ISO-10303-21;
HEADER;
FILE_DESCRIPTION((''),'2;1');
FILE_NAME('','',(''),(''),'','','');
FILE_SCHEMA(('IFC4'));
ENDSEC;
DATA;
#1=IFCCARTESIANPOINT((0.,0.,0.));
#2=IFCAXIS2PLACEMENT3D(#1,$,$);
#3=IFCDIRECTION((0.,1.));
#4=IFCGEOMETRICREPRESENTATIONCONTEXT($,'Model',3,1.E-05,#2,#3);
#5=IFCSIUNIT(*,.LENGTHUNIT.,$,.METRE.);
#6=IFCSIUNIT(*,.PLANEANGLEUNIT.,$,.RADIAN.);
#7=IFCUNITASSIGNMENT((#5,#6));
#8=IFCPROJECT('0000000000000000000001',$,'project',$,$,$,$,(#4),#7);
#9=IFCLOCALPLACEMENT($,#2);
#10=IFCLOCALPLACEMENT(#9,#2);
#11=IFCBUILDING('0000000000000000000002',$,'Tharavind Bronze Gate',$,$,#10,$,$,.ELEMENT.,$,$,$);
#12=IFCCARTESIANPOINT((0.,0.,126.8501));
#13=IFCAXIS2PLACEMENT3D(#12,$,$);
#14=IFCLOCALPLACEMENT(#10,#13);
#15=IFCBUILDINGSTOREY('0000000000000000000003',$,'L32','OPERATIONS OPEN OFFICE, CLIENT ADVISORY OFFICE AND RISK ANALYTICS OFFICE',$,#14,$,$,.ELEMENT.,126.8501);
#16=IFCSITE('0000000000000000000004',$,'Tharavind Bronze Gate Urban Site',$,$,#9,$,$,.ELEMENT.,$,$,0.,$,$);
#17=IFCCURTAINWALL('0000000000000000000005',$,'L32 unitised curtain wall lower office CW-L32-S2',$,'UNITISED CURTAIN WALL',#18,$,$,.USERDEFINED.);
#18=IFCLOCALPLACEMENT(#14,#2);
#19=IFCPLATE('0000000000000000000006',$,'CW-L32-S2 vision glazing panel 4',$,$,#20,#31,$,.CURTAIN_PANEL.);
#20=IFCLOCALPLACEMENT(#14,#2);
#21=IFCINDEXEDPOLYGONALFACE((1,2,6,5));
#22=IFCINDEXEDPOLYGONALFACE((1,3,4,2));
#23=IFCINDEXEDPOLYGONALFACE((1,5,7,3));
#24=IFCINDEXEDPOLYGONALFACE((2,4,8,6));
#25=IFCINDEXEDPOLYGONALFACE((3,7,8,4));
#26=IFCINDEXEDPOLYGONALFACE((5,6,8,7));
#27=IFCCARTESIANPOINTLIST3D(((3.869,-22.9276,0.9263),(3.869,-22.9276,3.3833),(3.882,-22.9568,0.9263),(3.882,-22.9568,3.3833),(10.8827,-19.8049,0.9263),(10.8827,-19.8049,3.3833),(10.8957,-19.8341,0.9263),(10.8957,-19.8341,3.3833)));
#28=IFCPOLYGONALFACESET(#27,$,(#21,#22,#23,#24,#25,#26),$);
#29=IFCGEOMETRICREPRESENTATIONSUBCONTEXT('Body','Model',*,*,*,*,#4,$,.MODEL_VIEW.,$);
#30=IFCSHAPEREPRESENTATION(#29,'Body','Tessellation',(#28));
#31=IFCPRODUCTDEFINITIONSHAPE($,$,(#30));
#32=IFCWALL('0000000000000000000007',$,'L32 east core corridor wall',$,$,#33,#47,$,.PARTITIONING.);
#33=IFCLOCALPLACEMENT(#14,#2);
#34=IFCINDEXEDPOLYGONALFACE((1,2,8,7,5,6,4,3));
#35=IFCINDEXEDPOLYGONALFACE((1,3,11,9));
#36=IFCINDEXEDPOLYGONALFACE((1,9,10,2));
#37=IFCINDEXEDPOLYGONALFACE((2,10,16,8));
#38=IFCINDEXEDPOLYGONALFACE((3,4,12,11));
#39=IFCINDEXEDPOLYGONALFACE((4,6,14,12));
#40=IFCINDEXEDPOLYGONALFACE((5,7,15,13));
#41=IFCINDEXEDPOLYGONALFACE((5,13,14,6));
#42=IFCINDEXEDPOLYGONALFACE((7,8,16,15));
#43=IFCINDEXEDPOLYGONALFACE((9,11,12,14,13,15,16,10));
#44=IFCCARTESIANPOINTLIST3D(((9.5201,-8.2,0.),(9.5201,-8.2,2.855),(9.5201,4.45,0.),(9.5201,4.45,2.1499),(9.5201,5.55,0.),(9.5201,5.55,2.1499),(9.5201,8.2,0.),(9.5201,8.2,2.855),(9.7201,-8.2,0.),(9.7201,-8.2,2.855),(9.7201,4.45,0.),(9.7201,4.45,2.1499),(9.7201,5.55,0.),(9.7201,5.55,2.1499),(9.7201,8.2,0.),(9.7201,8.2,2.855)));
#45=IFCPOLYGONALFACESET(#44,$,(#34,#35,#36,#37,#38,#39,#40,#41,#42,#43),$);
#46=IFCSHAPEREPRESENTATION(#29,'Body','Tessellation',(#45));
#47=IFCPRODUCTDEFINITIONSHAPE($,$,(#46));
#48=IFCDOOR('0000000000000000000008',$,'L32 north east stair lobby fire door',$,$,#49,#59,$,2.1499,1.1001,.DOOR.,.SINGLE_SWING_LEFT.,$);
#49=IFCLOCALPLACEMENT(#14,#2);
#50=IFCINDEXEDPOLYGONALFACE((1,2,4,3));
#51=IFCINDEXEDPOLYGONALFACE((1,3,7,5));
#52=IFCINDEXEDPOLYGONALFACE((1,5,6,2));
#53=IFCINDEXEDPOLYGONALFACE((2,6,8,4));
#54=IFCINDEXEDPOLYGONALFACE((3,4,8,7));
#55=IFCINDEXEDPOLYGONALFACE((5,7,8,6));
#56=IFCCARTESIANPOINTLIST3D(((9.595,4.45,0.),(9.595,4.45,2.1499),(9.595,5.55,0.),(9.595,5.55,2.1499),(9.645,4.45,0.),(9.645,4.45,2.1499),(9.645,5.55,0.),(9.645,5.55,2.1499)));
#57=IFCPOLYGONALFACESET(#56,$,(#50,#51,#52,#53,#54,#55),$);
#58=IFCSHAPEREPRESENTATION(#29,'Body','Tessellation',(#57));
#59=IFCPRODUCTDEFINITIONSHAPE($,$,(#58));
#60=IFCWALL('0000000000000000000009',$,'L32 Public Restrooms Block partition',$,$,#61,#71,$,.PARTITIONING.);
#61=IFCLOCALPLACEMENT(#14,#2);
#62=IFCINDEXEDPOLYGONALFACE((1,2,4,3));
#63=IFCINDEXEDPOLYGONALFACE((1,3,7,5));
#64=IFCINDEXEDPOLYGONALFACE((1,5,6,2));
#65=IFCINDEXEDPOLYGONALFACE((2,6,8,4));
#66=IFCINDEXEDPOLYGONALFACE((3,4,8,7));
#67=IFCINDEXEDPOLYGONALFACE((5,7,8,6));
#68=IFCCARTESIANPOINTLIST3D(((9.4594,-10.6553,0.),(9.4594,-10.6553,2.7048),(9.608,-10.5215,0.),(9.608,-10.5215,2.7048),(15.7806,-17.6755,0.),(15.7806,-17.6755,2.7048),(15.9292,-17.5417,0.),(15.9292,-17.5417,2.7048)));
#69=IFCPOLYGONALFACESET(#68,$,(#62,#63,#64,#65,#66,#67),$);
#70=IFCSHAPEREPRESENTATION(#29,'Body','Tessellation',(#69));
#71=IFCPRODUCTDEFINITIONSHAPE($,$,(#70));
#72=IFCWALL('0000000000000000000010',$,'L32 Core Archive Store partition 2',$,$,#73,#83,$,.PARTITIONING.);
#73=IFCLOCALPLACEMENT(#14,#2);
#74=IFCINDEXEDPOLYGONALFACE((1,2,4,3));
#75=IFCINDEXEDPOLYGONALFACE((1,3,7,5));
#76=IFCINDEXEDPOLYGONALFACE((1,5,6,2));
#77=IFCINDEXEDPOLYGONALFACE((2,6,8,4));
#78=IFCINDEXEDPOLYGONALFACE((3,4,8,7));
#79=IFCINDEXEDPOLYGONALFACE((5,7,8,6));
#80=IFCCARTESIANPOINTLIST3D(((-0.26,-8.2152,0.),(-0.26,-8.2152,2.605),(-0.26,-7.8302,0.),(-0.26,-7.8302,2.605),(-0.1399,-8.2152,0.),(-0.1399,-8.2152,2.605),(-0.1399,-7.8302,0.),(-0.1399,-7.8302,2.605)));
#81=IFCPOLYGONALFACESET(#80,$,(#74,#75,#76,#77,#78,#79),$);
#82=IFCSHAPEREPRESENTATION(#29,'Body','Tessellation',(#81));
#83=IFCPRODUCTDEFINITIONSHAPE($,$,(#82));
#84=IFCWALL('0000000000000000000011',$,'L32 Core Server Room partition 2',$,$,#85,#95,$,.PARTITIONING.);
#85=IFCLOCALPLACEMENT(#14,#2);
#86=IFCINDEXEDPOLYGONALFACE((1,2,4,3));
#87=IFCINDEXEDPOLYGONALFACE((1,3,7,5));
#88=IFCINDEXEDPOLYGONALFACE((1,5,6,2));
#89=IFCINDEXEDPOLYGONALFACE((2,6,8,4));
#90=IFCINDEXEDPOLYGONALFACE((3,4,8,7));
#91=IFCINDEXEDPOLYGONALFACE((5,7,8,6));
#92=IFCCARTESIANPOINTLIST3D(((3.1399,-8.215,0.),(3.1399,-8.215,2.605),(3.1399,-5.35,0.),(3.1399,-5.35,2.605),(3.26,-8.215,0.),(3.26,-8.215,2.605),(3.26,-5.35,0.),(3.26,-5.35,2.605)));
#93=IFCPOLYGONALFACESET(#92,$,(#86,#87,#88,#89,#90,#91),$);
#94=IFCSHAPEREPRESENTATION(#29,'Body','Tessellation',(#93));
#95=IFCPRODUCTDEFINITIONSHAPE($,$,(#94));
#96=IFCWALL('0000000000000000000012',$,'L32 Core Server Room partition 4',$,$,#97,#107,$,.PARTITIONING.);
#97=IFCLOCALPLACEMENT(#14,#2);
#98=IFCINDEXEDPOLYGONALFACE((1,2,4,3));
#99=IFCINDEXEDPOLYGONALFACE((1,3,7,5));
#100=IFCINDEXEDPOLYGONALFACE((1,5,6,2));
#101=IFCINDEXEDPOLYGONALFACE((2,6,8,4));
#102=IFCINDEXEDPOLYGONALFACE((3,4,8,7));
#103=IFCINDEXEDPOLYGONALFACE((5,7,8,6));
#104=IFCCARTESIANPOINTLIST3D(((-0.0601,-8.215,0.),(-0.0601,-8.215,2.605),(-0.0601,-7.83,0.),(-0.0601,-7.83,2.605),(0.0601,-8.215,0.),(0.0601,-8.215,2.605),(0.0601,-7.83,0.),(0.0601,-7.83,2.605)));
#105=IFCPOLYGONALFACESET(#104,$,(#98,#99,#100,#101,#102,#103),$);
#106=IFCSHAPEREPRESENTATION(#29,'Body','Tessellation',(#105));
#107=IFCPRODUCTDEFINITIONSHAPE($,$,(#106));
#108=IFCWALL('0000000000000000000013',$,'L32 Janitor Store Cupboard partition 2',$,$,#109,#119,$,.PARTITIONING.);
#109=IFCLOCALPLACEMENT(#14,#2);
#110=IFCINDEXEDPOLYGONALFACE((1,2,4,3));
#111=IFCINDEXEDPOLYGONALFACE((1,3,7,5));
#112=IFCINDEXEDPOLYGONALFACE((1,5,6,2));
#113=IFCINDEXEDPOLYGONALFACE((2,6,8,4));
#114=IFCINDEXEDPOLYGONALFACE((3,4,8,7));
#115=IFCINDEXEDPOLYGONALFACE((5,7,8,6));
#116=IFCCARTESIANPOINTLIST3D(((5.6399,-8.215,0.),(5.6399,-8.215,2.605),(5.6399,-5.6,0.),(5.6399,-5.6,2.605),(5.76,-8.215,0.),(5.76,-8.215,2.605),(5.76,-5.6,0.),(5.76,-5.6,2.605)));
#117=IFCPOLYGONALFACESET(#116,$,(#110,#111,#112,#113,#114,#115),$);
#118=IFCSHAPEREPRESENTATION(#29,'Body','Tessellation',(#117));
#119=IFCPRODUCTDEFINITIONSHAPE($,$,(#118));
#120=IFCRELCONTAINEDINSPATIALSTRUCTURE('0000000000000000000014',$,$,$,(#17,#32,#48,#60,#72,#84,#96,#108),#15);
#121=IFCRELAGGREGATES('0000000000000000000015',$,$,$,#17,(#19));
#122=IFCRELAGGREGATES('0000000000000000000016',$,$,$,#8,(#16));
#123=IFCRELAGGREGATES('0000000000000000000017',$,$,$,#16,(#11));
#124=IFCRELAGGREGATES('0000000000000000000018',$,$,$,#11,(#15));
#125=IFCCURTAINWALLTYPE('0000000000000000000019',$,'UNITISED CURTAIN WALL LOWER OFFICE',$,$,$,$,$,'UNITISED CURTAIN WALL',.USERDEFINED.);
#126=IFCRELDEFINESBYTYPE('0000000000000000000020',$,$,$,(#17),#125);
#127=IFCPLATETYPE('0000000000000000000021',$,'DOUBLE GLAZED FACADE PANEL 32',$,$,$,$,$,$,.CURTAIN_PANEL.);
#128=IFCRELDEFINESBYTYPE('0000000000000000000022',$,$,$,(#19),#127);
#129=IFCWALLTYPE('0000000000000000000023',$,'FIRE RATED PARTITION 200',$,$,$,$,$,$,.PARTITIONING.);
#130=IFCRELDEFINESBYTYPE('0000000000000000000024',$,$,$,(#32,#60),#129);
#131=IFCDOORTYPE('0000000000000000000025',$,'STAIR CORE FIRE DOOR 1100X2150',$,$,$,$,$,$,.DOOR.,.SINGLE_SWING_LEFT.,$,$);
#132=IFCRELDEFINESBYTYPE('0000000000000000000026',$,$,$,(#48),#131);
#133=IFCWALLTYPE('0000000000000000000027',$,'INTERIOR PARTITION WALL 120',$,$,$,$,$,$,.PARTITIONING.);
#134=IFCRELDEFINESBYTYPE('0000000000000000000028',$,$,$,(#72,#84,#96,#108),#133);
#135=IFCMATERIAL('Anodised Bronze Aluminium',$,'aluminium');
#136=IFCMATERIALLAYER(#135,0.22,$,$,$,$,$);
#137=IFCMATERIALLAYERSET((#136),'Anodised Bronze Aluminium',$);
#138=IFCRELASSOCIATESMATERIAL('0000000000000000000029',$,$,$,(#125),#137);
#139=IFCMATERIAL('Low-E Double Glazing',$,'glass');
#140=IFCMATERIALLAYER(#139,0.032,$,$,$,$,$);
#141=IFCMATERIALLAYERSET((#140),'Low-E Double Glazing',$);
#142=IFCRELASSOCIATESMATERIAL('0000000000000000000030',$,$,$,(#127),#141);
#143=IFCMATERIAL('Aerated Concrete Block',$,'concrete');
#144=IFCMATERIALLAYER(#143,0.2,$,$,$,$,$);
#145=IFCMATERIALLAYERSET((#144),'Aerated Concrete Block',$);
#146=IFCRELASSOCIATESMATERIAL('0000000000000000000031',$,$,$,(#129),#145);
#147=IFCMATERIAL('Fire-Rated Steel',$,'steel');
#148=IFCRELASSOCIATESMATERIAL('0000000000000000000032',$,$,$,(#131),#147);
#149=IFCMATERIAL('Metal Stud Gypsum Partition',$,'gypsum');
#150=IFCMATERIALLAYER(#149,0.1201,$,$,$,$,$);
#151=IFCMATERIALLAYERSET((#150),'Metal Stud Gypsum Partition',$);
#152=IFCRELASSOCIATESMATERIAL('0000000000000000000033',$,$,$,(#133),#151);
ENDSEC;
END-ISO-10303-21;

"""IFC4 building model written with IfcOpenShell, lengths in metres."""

from ifc_helpers import new_model, si_unit, direction, frame, frame_2d, origin, origin_2d, place, context, subcontext, project, spatial, rectangle, extrude, material, layer, layer_set, type_object, element, fill, aggregate, save


model = new_model("IFC4")

# Units and contexts
model_context = context("Model", 3, precision=1e-05, world=origin(), true_north=direction((0.0, 1.0)))
body_context = subcontext(model_context, "Body", "Model", "MODEL_VIEW")
ifc_project = project(units=[si_unit("LENGTHUNIT", "METRE"), si_unit("PLANEANGLEUNIT", "RADIAN")], contexts=[model_context])

# Site, building, storey
site_placement = place(None, origin())
site = spatial("IfcSite", under=ifc_project, at=site_placement, Name="Tharavind Bronze Gate Urban Site", CompositionType="ELEMENT", RefElevation=0.0)
building_placement = place(site_placement, origin())
building = spatial("IfcBuilding", under=site, at=building_placement, Name="Tharavind Bronze Gate", CompositionType="ELEMENT")
storey_placement = place(building_placement, frame((0.0, 0.0, 126.8501)))
storey = spatial("IfcBuildingStorey", under=building, at=storey_placement, Name="L32", Description="OPERATIONS OPEN OFFICE, CLIENT ADVISORY OFFICE AND RISK ANALYTICS OFFICE", CompositionType="ELEMENT", Elevation=126.8501)

# Curtain wall
ifc_material_1 = material(Name="Anodised Bronze Aluminium", Category="aluminium")
ifc_layer_1 = layer(ifc_material_1, 0.22)
ifc_layer_set_1 = layer_set([ifc_layer_1], Name="Anodised Bronze Aluminium")
curtain_wall_type = type_object("IfcCurtainWallType", Name="UNITISED CURTAIN WALL LOWER OFFICE", ElementType="UNITISED CURTAIN WALL", PredefinedType="USERDEFINED", material=ifc_layer_set_1)
curtain_wall_placement = place(storey_placement, origin())
curtain_wall = element("IfcCurtainWall", 1, at=curtain_wall_placement, inside=storey, type_object=curtain_wall_type, Name="L32 unitised curtain wall lower office CW-L32-S2", ObjectType="UNITISED CURTAIN WALL", PredefinedType="USERDEFINED")

# Plate
ifc_material_2 = material(Name="Low-E Double Glazing", Category="glass")
ifc_layer_2 = layer(ifc_material_2, 0.032)
ifc_layer_set_2 = layer_set([ifc_layer_2], Name="Low-E Double Glazing")
plate_type_1 = type_object("IfcPlateType", Name="DOUBLE GLAZED FACADE PANEL 32", PredefinedType="CURTAIN_PANEL", material=ifc_layer_set_2)
plate_1_placement = place(storey_placement, frame((7.3823, -21.3809, 0.9263), z_axis=(0.0, 0.0, 1.0), x_axis=(0.913545, 0.406737, 0.0)))
plate_1 = element("IfcPlate", 2, at=plate_1_placement, type_object=plate_type_1, Name="CW-L32-S2 vision glazing panel 4", PredefinedType="CURTAIN_PANEL", context=body_context, shape_type="SweptSolid", body=[
    extrude(rectangle(XDim=7.6775, YDim=0.032, at=origin_2d()), origin(), (0.0, 0.0, 1.0), 2.457),
])
aggregate(curtain_wall, [plate_1])

# Wall, opening, door
ifc_material_3 = material(Name="Aerated Concrete Block", Category="concrete")
ifc_layer_3 = layer(ifc_material_3, 0.2)
ifc_layer_set_3 = layer_set([ifc_layer_3], Name="Aerated Concrete Block")
wall_type_1 = type_object("IfcWallType", Name="FIRE RATED PARTITION 200", PredefinedType="PARTITIONING", material=ifc_layer_set_3)
wall_1_placement = place(storey_placement, frame((9.6201, -8.2, 0.0), z_axis=(0.0, 0.0, 1.0), x_axis=(0.0, 1.0, 0.0)))
wall_1 = element("IfcWall", 3, at=wall_1_placement, inside=storey, type_object=wall_type_1, Name="L32 east core corridor wall", PredefinedType="PARTITIONING", context=body_context, shape_type="SweptSolid", body=[
    extrude(rectangle(XDim=16.3999, YDim=0.2, at=frame_2d((8.2, 0.0))), origin(), (0.0, 0.0, 1.0), 2.855),
])
opening_placement = place(wall_1_placement, frame((12.6499, 0.0, 0.0)))
opening = element("IfcOpeningElement", 4, at=opening_placement, cuts=wall_1, PredefinedType="OPENING", context=body_context, shape_type="SweptSolid", body=[
    extrude(rectangle(XDim=1.1001, YDim=2.1499, at=frame_2d((0.55, 1.075))), frame((0.0, 0.1101, 0.0), z_axis=(0.0, -1.0, 0.0), x_axis=(1.0, 0.0, 0.0)), (0.0, 0.0, 1.0), 0.22),
])
ifc_material_4 = material(Name="Fire-Rated Steel", Category="steel")
door_type = type_object("IfcDoorType", Name="STAIR CORE FIRE DOOR 1100X2150", OperationType="SINGLE_SWING_LEFT", PredefinedType="DOOR", material=ifc_material_4)
door_placement = place(opening_placement, frame((1.1001, 0.0, 0.0), z_axis=(0.0, 0.0, 1.0), x_axis=(-1.0, 0.0, 0.0)))
door = element("IfcDoor", 5, at=door_placement, inside=storey, type_object=door_type, Name="L32 north east stair lobby fire door", OperationType="SINGLE_SWING_LEFT", OverallHeight=2.1499, OverallWidth=1.1001, PredefinedType="DOOR", context=body_context, shape_type="SweptSolid", body=[
    extrude(rectangle(XDim=1.1001, YDim=2.1499, at=frame_2d((0.55, 1.075))), frame((0.0, 0.0249, 0.0), z_axis=(0.0, -1.0, 0.0), x_axis=(1.0, 0.0, 0.0)), (0.0, 0.0, 1.0), 0.05),
])
fill(opening, door)

# Walls
wall_2_placement = place(storey_placement, frame((9.5337, -10.5884, 0.0), z_axis=(0.0, 0.0, 1.0), x_axis=(0.669143, -0.743133, 0.0)))
element("IfcWall", 6, at=wall_2_placement, inside=storey, type_object=wall_type_1, Name="L32 Public Restrooms Block partition", PredefinedType="PARTITIONING", context=body_context, shape_type="SweptSolid", body=[
    extrude(rectangle(XDim=9.4468, YDim=0.2, at=frame_2d((4.7234, 0.0))), origin(), (0.0, 0.0, 1.0), 2.7048),
])
ifc_material_5 = material(Name="Metal Stud Gypsum Partition", Category="gypsum")
ifc_layer_4 = layer(ifc_material_5, 0.1201)
ifc_layer_set_4 = layer_set([ifc_layer_4], Name="Metal Stud Gypsum Partition")
wall_type_2 = type_object("IfcWallType", Name="INTERIOR PARTITION WALL 120", PredefinedType="PARTITIONING", material=ifc_layer_set_4)
wall_3_placement = place(storey_placement, frame((-0.2, -8.2151, 0.0), z_axis=(0.0, 0.0, 1.0), x_axis=(0.0, 1.0, 0.0)))
element("IfcWall", 7, at=wall_3_placement, inside=storey, type_object=wall_type_2, Name="L32 Core Archive Store partition 2", PredefinedType="PARTITIONING", context=body_context, shape_type="SweptSolid", body=[
    extrude(rectangle(XDim=0.385, YDim=0.1201, at=frame_2d((0.1924, 0.0))), origin(), (0.0, 0.0, 1.0), 2.605),
])
wall_4_placement = place(storey_placement, frame((3.2, -8.2151, 0.0), z_axis=(0.0, 0.0, 1.0), x_axis=(0.0, 1.0, 0.0)))
element("IfcWall", 8, at=wall_4_placement, inside=storey, type_object=wall_type_2, Name="L32 Core Server Room partition 2", PredefinedType="PARTITIONING", context=body_context, shape_type="SweptSolid", body=[
    extrude(rectangle(XDim=2.865, YDim=0.1201, at=frame_2d((1.4326, 0.0))), origin(), (0.0, 0.0, 1.0), 2.605),
])
wall_5_placement = place(storey_placement, frame((0.0, -7.8301, 0.0), z_axis=(0.0, 0.0, 1.0), x_axis=(0.0, -1.0, 0.0)))
element("IfcWall", 9, at=wall_5_placement, inside=storey, type_object=wall_type_2, Name="L32 Core Server Room partition 4", PredefinedType="PARTITIONING", context=body_context, shape_type="SweptSolid", body=[
    extrude(rectangle(XDim=0.385, YDim=0.1201, at=frame_2d((0.1924, 0.0))), origin(), (0.0, 0.0, 1.0), 2.605),
])
wall_6_placement = place(storey_placement, frame((5.7, -8.2151, 0.0), z_axis=(0.0, 0.0, 1.0), x_axis=(0.0, 1.0, 0.0)))
element("IfcWall", 10, at=wall_6_placement, inside=storey, type_object=wall_type_2, Name="L32 Janitor Store Cupboard partition 2", PredefinedType="PARTITIONING", context=body_context, shape_type="SweptSolid", body=[
    extrude(rectangle(XDim=2.615, YDim=0.1201, at=frame_2d((1.3076, 0.0))), origin(), (0.0, 0.0, 1.0), 2.605),
])

save(model, "model.ifc")
